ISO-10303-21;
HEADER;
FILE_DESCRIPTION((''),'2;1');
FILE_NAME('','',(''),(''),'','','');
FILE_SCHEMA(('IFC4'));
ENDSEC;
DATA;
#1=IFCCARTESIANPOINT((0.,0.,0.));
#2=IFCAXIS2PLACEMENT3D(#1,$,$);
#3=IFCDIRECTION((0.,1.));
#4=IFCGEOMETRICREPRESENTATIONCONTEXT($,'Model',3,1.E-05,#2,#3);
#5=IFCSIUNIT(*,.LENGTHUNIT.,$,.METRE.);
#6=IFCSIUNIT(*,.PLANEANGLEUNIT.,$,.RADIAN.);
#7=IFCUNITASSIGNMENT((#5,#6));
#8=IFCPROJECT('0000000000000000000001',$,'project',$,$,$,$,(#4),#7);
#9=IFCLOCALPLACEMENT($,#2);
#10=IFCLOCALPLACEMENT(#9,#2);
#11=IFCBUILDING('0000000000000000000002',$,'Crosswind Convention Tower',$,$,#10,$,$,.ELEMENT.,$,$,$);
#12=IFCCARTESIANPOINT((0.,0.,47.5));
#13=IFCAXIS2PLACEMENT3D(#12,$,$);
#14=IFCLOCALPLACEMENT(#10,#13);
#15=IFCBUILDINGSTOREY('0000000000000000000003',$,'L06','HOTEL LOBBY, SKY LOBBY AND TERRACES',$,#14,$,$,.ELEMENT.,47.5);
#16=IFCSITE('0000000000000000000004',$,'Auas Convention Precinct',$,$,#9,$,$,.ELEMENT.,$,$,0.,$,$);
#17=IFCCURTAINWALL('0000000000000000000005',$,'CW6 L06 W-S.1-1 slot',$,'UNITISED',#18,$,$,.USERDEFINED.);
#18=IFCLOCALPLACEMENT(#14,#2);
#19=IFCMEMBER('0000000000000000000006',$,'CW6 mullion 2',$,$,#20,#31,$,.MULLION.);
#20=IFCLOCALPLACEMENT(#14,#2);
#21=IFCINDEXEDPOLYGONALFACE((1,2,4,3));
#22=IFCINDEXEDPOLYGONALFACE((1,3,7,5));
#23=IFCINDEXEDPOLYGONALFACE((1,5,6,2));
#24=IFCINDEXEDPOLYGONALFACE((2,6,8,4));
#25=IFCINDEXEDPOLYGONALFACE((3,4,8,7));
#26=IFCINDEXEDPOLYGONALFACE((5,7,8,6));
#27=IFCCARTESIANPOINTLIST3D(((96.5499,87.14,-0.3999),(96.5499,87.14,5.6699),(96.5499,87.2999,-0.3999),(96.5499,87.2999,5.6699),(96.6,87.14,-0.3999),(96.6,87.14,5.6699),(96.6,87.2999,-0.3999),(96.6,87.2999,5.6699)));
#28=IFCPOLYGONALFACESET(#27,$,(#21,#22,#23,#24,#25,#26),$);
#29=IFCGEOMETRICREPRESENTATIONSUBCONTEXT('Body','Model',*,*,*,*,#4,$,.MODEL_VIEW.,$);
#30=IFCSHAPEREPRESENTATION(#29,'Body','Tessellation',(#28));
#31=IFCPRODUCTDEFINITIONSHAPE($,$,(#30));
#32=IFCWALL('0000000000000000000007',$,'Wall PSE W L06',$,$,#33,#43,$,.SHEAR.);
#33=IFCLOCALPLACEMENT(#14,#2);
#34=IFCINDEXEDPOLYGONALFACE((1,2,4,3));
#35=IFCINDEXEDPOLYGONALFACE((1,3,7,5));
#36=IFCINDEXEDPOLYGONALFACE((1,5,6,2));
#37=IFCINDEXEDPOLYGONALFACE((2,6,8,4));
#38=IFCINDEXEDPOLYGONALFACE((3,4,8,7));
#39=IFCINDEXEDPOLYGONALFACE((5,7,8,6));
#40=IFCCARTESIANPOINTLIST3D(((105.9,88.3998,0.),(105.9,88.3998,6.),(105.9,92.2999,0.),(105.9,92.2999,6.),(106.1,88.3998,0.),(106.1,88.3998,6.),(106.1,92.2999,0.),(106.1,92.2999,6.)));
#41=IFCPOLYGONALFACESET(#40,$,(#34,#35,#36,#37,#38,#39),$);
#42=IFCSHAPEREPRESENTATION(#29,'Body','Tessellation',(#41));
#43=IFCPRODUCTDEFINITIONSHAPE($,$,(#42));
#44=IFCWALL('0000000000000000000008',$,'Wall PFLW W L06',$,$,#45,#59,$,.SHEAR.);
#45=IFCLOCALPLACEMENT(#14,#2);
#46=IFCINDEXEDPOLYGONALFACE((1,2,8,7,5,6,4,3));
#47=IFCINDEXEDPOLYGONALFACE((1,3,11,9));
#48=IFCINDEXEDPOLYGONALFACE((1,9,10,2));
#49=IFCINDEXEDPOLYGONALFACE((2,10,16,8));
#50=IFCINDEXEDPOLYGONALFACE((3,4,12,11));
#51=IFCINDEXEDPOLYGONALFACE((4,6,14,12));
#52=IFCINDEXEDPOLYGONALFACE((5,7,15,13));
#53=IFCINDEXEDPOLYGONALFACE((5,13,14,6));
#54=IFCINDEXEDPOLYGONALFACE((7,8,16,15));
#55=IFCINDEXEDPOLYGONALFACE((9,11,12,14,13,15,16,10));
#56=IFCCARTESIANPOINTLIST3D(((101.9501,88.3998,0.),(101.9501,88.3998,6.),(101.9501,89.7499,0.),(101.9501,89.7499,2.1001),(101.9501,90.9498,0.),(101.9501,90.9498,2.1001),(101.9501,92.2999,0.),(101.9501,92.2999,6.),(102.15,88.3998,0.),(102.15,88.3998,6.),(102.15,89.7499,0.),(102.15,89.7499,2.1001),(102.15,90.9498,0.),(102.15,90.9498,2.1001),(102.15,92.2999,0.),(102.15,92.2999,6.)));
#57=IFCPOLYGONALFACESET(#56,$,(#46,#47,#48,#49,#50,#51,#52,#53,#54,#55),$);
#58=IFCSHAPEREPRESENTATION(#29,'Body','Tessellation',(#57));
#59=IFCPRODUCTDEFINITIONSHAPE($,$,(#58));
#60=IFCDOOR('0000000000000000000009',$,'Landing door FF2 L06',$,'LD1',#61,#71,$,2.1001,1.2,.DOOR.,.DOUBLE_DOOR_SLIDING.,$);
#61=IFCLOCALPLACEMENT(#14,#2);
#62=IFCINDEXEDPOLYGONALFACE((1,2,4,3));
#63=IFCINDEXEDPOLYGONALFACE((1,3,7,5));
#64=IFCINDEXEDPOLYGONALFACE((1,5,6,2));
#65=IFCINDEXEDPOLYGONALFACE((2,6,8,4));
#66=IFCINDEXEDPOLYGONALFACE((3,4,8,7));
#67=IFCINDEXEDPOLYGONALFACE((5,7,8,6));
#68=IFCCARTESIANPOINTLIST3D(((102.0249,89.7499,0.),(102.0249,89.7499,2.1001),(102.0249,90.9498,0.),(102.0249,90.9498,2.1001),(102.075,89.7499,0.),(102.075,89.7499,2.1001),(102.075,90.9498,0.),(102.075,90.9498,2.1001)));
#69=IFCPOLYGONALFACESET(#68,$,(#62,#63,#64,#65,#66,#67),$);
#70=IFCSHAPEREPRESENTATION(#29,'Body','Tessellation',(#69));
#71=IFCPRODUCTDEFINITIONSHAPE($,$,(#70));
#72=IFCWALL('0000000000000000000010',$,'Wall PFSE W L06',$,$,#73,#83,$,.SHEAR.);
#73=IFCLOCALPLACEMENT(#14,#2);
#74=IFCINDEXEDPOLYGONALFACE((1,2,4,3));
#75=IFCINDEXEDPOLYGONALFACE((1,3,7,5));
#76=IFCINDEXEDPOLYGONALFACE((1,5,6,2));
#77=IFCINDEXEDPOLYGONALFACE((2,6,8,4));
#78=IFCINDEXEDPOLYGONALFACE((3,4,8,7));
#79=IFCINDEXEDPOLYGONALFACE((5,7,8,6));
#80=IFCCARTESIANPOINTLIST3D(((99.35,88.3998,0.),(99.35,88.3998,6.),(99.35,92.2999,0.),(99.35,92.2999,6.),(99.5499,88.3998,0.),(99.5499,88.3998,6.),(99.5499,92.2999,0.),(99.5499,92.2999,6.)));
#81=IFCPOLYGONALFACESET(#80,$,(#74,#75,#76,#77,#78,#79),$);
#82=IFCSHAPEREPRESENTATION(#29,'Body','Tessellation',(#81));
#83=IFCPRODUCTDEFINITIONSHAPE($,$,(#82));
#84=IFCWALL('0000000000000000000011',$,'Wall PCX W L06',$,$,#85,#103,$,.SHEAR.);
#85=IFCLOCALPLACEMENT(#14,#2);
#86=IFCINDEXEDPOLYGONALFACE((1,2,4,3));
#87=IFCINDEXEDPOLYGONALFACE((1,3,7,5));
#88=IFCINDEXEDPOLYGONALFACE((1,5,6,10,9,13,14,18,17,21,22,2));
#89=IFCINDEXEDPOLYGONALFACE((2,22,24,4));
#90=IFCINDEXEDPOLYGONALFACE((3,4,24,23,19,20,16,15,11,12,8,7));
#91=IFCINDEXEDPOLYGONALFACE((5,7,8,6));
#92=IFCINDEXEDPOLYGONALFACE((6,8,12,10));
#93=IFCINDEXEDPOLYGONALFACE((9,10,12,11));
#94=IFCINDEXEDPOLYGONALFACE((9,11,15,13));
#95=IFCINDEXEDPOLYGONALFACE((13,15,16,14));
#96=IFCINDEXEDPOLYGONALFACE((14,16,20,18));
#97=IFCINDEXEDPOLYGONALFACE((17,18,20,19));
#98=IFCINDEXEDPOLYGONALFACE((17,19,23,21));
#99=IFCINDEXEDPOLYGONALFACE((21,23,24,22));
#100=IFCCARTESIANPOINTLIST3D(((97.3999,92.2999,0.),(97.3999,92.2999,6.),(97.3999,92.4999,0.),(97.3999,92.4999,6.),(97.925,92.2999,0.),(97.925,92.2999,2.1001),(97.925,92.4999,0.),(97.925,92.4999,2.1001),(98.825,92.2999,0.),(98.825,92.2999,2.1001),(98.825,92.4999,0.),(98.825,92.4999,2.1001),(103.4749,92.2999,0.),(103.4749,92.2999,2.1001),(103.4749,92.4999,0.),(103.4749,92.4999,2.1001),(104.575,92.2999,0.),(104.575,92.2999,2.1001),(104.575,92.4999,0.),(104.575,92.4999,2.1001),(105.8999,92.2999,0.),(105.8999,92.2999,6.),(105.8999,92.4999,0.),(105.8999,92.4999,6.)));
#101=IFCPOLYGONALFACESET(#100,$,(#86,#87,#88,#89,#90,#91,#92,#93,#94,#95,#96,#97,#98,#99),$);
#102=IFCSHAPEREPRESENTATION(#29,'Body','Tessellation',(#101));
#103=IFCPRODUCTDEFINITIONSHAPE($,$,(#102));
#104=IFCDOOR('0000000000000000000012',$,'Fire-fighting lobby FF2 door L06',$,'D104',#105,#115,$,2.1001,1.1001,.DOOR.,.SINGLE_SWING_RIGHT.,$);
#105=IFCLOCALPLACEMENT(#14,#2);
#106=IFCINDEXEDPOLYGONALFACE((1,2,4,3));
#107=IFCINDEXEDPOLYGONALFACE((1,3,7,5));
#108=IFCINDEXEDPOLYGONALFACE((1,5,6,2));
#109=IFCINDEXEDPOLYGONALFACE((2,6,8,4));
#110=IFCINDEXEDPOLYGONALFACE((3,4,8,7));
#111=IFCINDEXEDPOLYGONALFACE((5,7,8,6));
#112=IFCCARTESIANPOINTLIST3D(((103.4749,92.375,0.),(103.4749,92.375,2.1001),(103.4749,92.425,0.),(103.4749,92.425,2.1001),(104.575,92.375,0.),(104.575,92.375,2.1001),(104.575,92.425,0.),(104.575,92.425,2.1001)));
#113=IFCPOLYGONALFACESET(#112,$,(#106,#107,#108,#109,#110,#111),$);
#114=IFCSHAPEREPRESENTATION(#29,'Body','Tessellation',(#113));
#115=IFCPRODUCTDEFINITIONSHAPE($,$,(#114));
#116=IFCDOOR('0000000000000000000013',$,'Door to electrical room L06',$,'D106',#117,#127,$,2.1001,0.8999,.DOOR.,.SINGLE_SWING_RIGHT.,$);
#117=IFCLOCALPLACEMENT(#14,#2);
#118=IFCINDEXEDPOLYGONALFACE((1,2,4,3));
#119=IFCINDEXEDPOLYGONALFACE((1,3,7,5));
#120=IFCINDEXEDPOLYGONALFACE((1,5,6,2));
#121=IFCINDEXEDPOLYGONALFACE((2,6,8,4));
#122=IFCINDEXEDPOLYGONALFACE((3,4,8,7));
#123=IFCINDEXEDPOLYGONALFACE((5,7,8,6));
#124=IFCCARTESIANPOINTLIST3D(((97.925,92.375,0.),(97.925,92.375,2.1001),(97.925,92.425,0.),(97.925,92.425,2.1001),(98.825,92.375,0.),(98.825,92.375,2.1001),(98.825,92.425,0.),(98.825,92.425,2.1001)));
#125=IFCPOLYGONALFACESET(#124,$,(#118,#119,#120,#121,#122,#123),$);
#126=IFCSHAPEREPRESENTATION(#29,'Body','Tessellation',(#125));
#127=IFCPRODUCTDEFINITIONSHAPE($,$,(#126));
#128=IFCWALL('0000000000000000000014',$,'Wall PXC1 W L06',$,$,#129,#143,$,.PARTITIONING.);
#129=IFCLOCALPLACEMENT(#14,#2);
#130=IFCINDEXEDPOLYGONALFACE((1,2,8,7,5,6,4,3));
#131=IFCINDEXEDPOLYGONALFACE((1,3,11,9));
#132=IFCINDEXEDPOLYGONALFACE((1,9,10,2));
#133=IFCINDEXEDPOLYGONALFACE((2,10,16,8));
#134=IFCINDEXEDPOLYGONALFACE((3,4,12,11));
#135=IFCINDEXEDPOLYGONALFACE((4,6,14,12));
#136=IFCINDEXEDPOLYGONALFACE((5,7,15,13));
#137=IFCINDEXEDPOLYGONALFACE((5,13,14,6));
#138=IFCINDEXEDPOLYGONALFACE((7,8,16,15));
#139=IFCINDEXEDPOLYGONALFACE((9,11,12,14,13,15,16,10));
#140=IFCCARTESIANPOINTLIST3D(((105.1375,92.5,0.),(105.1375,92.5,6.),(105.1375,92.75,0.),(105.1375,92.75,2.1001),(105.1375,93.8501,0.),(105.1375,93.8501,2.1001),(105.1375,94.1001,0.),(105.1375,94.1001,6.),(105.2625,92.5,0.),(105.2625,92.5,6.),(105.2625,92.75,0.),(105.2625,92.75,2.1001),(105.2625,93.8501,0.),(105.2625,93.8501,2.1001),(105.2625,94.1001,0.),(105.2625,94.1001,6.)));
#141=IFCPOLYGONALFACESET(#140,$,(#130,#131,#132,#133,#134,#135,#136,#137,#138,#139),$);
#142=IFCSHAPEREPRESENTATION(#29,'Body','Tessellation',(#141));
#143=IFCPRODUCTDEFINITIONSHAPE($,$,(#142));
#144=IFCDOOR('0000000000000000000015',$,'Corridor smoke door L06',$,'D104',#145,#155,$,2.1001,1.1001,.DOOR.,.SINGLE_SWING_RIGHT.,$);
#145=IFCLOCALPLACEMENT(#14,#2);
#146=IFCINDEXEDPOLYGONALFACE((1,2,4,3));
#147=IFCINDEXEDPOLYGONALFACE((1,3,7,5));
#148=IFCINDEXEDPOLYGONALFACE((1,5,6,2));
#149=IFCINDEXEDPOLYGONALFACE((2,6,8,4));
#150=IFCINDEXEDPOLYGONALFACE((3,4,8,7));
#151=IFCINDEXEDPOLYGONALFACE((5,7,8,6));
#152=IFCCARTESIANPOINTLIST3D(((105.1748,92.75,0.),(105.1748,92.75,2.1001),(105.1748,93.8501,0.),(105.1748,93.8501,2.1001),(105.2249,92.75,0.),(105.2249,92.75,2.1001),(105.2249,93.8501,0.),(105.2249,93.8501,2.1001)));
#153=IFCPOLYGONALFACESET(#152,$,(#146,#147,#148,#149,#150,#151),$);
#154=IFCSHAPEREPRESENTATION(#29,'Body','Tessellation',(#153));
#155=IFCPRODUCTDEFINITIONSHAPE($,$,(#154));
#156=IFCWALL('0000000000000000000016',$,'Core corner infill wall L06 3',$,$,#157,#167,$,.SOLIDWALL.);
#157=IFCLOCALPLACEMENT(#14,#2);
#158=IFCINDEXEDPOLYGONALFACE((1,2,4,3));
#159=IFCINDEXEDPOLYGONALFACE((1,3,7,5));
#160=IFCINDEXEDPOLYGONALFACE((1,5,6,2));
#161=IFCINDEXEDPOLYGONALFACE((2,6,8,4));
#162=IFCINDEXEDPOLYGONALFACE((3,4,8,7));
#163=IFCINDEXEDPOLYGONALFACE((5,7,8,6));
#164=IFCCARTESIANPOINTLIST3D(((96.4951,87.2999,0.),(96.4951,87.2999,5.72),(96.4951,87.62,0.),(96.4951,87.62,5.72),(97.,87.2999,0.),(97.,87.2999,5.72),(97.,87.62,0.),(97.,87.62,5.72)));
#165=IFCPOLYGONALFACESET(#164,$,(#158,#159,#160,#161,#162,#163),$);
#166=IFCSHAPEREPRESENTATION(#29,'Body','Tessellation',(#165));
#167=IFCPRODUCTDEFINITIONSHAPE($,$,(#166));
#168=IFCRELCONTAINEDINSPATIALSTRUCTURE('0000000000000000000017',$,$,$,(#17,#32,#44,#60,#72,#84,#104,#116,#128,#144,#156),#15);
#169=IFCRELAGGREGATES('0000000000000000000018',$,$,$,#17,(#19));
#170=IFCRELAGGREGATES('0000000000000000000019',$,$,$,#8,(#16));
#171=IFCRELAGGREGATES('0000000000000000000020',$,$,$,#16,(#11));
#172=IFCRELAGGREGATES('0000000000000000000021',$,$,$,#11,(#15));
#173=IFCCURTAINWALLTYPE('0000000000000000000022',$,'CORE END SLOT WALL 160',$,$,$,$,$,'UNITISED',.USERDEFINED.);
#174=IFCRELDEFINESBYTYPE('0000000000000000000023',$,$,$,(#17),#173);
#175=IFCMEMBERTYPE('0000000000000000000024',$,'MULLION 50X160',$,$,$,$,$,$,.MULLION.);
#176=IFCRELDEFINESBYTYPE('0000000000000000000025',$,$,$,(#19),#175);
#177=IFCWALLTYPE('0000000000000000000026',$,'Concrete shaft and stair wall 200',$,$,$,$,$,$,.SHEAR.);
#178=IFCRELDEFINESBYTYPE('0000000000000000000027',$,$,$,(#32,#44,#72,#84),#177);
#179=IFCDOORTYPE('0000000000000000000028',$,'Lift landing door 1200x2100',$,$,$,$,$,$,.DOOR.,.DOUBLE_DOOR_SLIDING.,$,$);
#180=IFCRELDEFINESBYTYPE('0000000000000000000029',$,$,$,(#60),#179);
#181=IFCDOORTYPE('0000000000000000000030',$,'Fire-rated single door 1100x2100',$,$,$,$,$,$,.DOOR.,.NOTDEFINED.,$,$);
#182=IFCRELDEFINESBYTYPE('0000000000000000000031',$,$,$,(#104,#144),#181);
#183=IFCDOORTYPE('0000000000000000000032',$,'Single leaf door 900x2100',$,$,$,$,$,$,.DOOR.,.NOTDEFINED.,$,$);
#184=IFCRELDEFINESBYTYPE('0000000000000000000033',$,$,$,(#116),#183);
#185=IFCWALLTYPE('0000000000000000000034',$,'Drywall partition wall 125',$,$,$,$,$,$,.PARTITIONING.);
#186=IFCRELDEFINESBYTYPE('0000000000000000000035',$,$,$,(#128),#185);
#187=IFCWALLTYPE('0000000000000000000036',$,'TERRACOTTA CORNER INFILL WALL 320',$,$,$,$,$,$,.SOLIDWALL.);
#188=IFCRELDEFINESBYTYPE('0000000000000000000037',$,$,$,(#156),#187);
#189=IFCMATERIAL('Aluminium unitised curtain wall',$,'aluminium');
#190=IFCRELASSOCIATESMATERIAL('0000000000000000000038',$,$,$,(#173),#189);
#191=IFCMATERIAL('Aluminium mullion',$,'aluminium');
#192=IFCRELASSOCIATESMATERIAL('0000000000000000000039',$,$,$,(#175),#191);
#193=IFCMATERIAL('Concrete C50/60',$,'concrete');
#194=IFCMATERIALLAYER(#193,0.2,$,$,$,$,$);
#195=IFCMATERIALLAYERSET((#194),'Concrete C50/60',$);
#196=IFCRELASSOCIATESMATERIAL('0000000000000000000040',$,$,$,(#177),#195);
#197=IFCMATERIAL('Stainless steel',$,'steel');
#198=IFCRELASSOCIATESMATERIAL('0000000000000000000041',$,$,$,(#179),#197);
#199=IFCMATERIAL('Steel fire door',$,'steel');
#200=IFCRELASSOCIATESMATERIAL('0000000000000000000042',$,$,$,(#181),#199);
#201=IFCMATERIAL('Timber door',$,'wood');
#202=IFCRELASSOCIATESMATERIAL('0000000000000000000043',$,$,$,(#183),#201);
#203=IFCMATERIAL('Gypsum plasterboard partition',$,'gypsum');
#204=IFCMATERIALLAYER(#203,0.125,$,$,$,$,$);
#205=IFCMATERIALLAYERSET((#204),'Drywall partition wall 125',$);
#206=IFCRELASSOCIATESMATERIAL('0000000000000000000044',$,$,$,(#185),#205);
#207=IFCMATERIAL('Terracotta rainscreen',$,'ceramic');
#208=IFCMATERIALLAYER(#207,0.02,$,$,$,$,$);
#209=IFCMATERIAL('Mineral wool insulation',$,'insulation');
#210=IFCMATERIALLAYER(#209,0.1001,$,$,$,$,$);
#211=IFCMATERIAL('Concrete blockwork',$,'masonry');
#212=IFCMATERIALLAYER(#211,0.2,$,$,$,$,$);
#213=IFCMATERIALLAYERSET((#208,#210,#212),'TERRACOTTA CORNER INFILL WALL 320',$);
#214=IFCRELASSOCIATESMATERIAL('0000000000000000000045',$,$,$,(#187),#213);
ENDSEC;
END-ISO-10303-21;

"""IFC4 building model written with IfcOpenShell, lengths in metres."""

from ifc_helpers import new_model, si_unit, direction, frame, frame_2d, origin, origin_2d, place, context, subcontext, project, spatial, rectangle, extrude, material, layer, layer_set, material_profile, profile_set, type_object, element, fill, aggregate, save


model = new_model("IFC4")

# Units and contexts
model_context = context("Model", 3, precision=1e-05, world=origin(), true_north=direction((0.0, 1.0)))
body_context = subcontext(model_context, "Body", "Model", "MODEL_VIEW")
ifc_project = project(units=[si_unit("LENGTHUNIT", "METRE"), si_unit("PLANEANGLEUNIT", "RADIAN")], contexts=[model_context])

# Site, building, storey
site_placement = place(None, origin())
site = spatial("IfcSite", under=ifc_project, at=site_placement, Name="Auas Convention Precinct", CompositionType="ELEMENT", RefElevation=0.0)
building_placement = place(site_placement, origin())
building = spatial("IfcBuilding", under=site, at=building_placement, Name="Crosswind Convention Tower", CompositionType="ELEMENT")
storey_placement = place(building_placement, frame((0.0, 0.0, 47.5)))
storey = spatial("IfcBuildingStorey", under=building, at=storey_placement, Name="L06", Description="HOTEL LOBBY, SKY LOBBY AND TERRACES", CompositionType="ELEMENT", Elevation=47.5)

# Curtain wall, member
ifc_material_1 = material(Name="Aluminium unitised curtain wall", Category="aluminium")
curtain_wall_type_1 = type_object("IfcCurtainWallType", Name="CORE END SLOT WALL 160", ElementType="UNITISED", PredefinedType="USERDEFINED", material=ifc_material_1)
curtain_wall_1_placement = place(storey_placement, origin())
curtain_wall_1 = element("IfcCurtainWall", 1, at=curtain_wall_1_placement, inside=storey, type_object=curtain_wall_type_1, Name="CW6 L06 W-S.1-1 slot", ObjectType="UNITISED", PredefinedType="USERDEFINED")
ifc_material_2 = material(Name="Aluminium mullion", Category="aluminium")
ifc_material_profile_1 = material_profile(ifc_material_2, rectangle(XDim=0.1599, YDim=0.05, at=origin_2d()), Name="AL 160X50")
ifc_profile_set_1 = profile_set([ifc_material_profile_1], Name="Aluminium mullion")
member_type = type_object("IfcMemberType", Name="MULLION 50X160", PredefinedType="MULLION", material=ifc_profile_set_1)
member_placement = place(storey_placement, frame((96.575, 87.22, -0.3999), z_axis=(0.0, 0.0, 1.0), x_axis=(0.0, -1.0, 0.0)))
member = element("IfcMember", 2, at=member_placement, type_object=member_type, Name="CW6 mullion 2", PredefinedType="MULLION", context=body_context, shape_type="SweptSolid", body=[
    extrude(rectangle(XDim=0.1599, YDim=0.05, at=origin_2d()), origin(), (0.0, 0.0, 1.0), 6.0698),
])
aggregate(curtain_wall_1, [member])

# Wall
ifc_material_3 = material(Name="Concrete C50/60", Category="concrete")
ifc_layer_1 = layer(ifc_material_3, 0.2)
ifc_layer_set_1 = layer_set([ifc_layer_1], Name="Concrete C50/60")
wall_type_1 = type_object("IfcWallType", Name="Concrete shaft and stair wall 200", PredefinedType="SHEAR", material=ifc_layer_set_1)
wall_1_placement = place(storey_placement, frame((106.0, 92.3, 0.0), z_axis=(0.0, 0.0, 1.0), x_axis=(0.0, -1.0, 0.0)))
element("IfcWall", 3, at=wall_1_placement, inside=storey, type_object=wall_type_1, Name="Wall PSE W L06", PredefinedType="SHEAR", context=body_context, shape_type="SweptSolid", body=[
    extrude(rectangle(XDim=3.9001, YDim=0.2, at=frame_2d((1.9502, 0.0))), origin(), (0.0, 0.0, 1.0), 6.0),
])

# Wall, opening, door
wall_2_placement = place(storey_placement, frame((102.05, 92.3, 0.0), z_axis=(0.0, 0.0, 1.0), x_axis=(0.0, -1.0, 0.0)))
wall_2 = element("IfcWall", 4, at=wall_2_placement, inside=storey, type_object=wall_type_1, Name="Wall PFLW W L06", PredefinedType="SHEAR", context=body_context, shape_type="SweptSolid", body=[
    extrude(rectangle(XDim=3.9001, YDim=0.2, at=frame_2d((1.9502, 0.0))), origin(), (0.0, 0.0, 1.0), 6.0),
])
opening_1_placement = place(wall_2_placement, frame((1.3501, 0.0, 0.0)))
opening_1 = element("IfcOpeningElement", 5, at=opening_1_placement, cuts=wall_2, PredefinedType="OPENING", context=body_context, shape_type="SweptSolid", body=[
    extrude(rectangle(XDim=1.2, YDim=2.1001, at=frame_2d((0.6001, 1.05))), frame((0.0, 0.1099, 0.0), z_axis=(0.0, -1.0, 0.0), x_axis=(1.0, 0.0, 0.0)), (0.0, 0.0, 1.0), 0.22),
])
ifc_material_4 = material(Name="Stainless steel", Category="steel")
door_type_1 = type_object("IfcDoorType", Name="Lift landing door 1200x2100", OperationType="DOUBLE_DOOR_SLIDING", PredefinedType="DOOR", material=ifc_material_4)
door_1_placement = place(opening_1_placement, origin())
door_1 = element("IfcDoor", 6, at=door_1_placement, inside=storey, type_object=door_type_1, Name="Landing door FF2 L06", ObjectType="LD1", OperationType="DOUBLE_DOOR_SLIDING", OverallHeight=2.1001, OverallWidth=1.2, PredefinedType="DOOR", context=body_context, shape_type="SweptSolid", body=[
    extrude(rectangle(XDim=1.2, YDim=2.1001, at=frame_2d((0.6001, 1.05))), frame((0.0, 0.0249, 0.0), z_axis=(0.0, -1.0, 0.0), x_axis=(1.0, 0.0, 0.0)), (0.0, 0.0, 1.0), 0.05),
])
fill(opening_1, door_1)

# Wall
wall_3_placement = place(storey_placement, frame((99.45, 92.3, 0.0), z_axis=(0.0, 0.0, 1.0), x_axis=(0.0, -1.0, 0.0)))
element("IfcWall", 7, at=wall_3_placement, inside=storey, type_object=wall_type_1, Name="Wall PFSE W L06", PredefinedType="SHEAR", context=body_context, shape_type="SweptSolid", body=[
    extrude(rectangle(XDim=3.9001, YDim=0.2, at=frame_2d((1.9502, 0.0))), origin(), (0.0, 0.0, 1.0), 6.0),
])

# Wall, openings, doors
wall_4_placement = place(storey_placement, frame((105.8999, 92.3999, 0.0), z_axis=(0.0, 0.0, 1.0), x_axis=(-1.0, 0.0, 0.0)))
wall_4 = element("IfcWall", 8, at=wall_4_placement, inside=storey, type_object=wall_type_1, Name="Wall PCX W L06", PredefinedType="SHEAR", context=body_context, shape_type="SweptSolid", body=[
    extrude(rectangle(XDim=8.5, YDim=0.2, at=frame_2d((4.25, 0.0))), origin(), (0.0, 0.0, 1.0), 6.0),
])
opening_2_placement = place(wall_4_placement, frame((1.325, 0.0, 0.0)))
opening_2 = element("IfcOpeningElement", 9, at=opening_2_placement, cuts=wall_4, PredefinedType="OPENING", context=body_context, shape_type="SweptSolid", body=[
    extrude(rectangle(XDim=1.1001, YDim=2.1001, at=frame_2d((0.55, 1.05))), frame((0.0, 0.1099, 0.0), z_axis=(0.0, -1.0, 0.0), x_axis=(1.0, 0.0, 0.0)), (0.0, 0.0, 1.0), 0.22),
])
opening_3_placement = place(wall_4_placement, frame((7.075, 0.0, 0.0)))
opening_3 = element("IfcOpeningElement", 10, at=opening_3_placement, cuts=wall_4, PredefinedType="OPENING", context=body_context, shape_type="SweptSolid", body=[
    extrude(rectangle(XDim=0.8999, YDim=2.1001, at=frame_2d((0.45, 1.05))), frame((0.0, 0.1099, 0.0), z_axis=(0.0, -1.0, 0.0), x_axis=(1.0, 0.0, 0.0)), (0.0, 0.0, 1.0), 0.22),
])
ifc_material_5 = material(Name="Steel fire door", Category="steel")
door_type_2 = type_object("IfcDoorType", Name="Fire-rated single door 1100x2100", OperationType="NOTDEFINED", PredefinedType="DOOR", material=ifc_material_5)
door_2_placement = place(opening_2_placement, origin())
door_2 = element("IfcDoor", 11, at=door_2_placement, inside=storey, type_object=door_type_2, Name="Fire-fighting lobby FF2 door L06", ObjectType="D104", OperationType="SINGLE_SWING_RIGHT", OverallHeight=2.1001, OverallWidth=1.1001, PredefinedType="DOOR", context=body_context, shape_type="SweptSolid", body=[
    extrude(rectangle(XDim=1.1001, YDim=2.1001, at=frame_2d((0.55, 1.05))), frame((0.0, 0.0249, 0.0), z_axis=(0.0, -1.0, 0.0), x_axis=(1.0, 0.0, 0.0)), (0.0, 0.0, 1.0), 0.05),
])
fill(opening_2, door_2)
ifc_material_6 = material(Name="Timber door", Category="wood")
door_type_3 = type_object("IfcDoorType", Name="Single leaf door 900x2100", OperationType="NOTDEFINED", PredefinedType="DOOR", material=ifc_material_6)
door_3_placement = place(opening_3_placement, origin())
door_3 = element("IfcDoor", 12, at=door_3_placement, inside=storey, type_object=door_type_3, Name="Door to electrical room L06", ObjectType="D106", OperationType="SINGLE_SWING_RIGHT", OverallHeight=2.1001, OverallWidth=0.8999, PredefinedType="DOOR", context=body_context, shape_type="SweptSolid", body=[
    extrude(rectangle(XDim=0.8999, YDim=2.1001, at=frame_2d((0.45, 1.05))), frame((0.0, 0.0249, 0.0), z_axis=(0.0, -1.0, 0.0), x_axis=(1.0, 0.0, 0.0)), (0.0, 0.0, 1.0), 0.05),
])
fill(opening_3, door_3)

# Wall, opening, door
ifc_material_7 = material(Name="Gypsum plasterboard partition", Category="gypsum")
ifc_layer_2 = layer(ifc_material_7, 0.125)
ifc_layer_set_2 = layer_set([ifc_layer_2], Name="Drywall partition wall 125")
wall_type_2 = type_object("IfcWallType", Name="Drywall partition wall 125", PredefinedType="PARTITIONING", material=ifc_layer_set_2)
wall_5_placement = place(storey_placement, frame((105.2, 94.1001, 0.0), z_axis=(0.0, 0.0, 1.0), x_axis=(0.0, -1.0, 0.0)))
wall_5 = element("IfcWall", 13, at=wall_5_placement, inside=storey, type_object=wall_type_2, Name="Wall PXC1 W L06", PredefinedType="PARTITIONING", context=body_context, shape_type="SweptSolid", body=[
    extrude(rectangle(XDim=1.6001, YDim=0.125, at=frame_2d((0.8, 0.0))), origin(), (0.0, 0.0, 1.0), 6.0),
])
opening_4_placement = place(wall_5_placement, frame((0.25, 0.0, 0.0)))
opening_4 = element("IfcOpeningElement", 14, at=opening_4_placement, cuts=wall_5, PredefinedType="OPENING", context=body_context, shape_type="SweptSolid", body=[
    extrude(rectangle(XDim=1.1001, YDim=2.1001, at=frame_2d((0.55, 1.05))), frame((0.0, 0.0725, 0.0), z_axis=(0.0, -1.0, 0.0), x_axis=(1.0, 0.0, 0.0)), (0.0, 0.0, 1.0), 0.145),
])
door_4_placement = place(opening_4_placement, origin())
door_4 = element("IfcDoor", 15, at=door_4_placement, inside=storey, type_object=door_type_2, Name="Corridor smoke door L06", ObjectType="D104", OperationType="SINGLE_SWING_RIGHT", OverallHeight=2.1001, OverallWidth=1.1001, PredefinedType="DOOR", context=body_context, shape_type="SweptSolid", body=[
    extrude(rectangle(XDim=1.1001, YDim=2.1001, at=frame_2d((0.55, 1.05))), frame((0.0, 0.0249, 0.0), z_axis=(0.0, -1.0, 0.0), x_axis=(1.0, 0.0, 0.0)), (0.0, 0.0, 1.0), 0.05),
])
fill(opening_4, door_4)

# Wall
ifc_material_8 = material(Name="Terracotta rainscreen", Category="ceramic")
ifc_layer_3 = layer(ifc_material_8, 0.02)
ifc_material_9 = material(Name="Mineral wool insulation", Category="insulation")
ifc_layer_4 = layer(ifc_material_9, 0.1001)
ifc_material_10 = material(Name="Concrete blockwork", Category="masonry")
ifc_layer_5 = layer(ifc_material_10, 0.2)
ifc_layer_set_3 = layer_set([ifc_layer_3, ifc_layer_4, ifc_layer_5], Name="TERRACOTTA CORNER INFILL WALL 320")
wall_type_3 = type_object("IfcWallType", Name="TERRACOTTA CORNER INFILL WALL 320", PredefinedType="SOLIDWALL", material=ifc_layer_set_3)
wall_6_placement = place(storey_placement, frame((96.4951, 87.46, 0.0), z_axis=(0.0, 0.0, 1.0), x_axis=(1.0, 0.0, 0.0)))
element("IfcWall", 16, at=wall_6_placement, inside=storey, type_object=wall_type_3, Name="Core corner infill wall L06 3", PredefinedType="SOLIDWALL", context=body_context, shape_type="SweptSolid", body=[
    extrude(rectangle(XDim=0.5049, YDim=0.3201, at=frame_2d((0.2524, 0.0))), origin(), (0.0, 0.0, 1.0), 5.72),
])

save(model, "model.ifc")
